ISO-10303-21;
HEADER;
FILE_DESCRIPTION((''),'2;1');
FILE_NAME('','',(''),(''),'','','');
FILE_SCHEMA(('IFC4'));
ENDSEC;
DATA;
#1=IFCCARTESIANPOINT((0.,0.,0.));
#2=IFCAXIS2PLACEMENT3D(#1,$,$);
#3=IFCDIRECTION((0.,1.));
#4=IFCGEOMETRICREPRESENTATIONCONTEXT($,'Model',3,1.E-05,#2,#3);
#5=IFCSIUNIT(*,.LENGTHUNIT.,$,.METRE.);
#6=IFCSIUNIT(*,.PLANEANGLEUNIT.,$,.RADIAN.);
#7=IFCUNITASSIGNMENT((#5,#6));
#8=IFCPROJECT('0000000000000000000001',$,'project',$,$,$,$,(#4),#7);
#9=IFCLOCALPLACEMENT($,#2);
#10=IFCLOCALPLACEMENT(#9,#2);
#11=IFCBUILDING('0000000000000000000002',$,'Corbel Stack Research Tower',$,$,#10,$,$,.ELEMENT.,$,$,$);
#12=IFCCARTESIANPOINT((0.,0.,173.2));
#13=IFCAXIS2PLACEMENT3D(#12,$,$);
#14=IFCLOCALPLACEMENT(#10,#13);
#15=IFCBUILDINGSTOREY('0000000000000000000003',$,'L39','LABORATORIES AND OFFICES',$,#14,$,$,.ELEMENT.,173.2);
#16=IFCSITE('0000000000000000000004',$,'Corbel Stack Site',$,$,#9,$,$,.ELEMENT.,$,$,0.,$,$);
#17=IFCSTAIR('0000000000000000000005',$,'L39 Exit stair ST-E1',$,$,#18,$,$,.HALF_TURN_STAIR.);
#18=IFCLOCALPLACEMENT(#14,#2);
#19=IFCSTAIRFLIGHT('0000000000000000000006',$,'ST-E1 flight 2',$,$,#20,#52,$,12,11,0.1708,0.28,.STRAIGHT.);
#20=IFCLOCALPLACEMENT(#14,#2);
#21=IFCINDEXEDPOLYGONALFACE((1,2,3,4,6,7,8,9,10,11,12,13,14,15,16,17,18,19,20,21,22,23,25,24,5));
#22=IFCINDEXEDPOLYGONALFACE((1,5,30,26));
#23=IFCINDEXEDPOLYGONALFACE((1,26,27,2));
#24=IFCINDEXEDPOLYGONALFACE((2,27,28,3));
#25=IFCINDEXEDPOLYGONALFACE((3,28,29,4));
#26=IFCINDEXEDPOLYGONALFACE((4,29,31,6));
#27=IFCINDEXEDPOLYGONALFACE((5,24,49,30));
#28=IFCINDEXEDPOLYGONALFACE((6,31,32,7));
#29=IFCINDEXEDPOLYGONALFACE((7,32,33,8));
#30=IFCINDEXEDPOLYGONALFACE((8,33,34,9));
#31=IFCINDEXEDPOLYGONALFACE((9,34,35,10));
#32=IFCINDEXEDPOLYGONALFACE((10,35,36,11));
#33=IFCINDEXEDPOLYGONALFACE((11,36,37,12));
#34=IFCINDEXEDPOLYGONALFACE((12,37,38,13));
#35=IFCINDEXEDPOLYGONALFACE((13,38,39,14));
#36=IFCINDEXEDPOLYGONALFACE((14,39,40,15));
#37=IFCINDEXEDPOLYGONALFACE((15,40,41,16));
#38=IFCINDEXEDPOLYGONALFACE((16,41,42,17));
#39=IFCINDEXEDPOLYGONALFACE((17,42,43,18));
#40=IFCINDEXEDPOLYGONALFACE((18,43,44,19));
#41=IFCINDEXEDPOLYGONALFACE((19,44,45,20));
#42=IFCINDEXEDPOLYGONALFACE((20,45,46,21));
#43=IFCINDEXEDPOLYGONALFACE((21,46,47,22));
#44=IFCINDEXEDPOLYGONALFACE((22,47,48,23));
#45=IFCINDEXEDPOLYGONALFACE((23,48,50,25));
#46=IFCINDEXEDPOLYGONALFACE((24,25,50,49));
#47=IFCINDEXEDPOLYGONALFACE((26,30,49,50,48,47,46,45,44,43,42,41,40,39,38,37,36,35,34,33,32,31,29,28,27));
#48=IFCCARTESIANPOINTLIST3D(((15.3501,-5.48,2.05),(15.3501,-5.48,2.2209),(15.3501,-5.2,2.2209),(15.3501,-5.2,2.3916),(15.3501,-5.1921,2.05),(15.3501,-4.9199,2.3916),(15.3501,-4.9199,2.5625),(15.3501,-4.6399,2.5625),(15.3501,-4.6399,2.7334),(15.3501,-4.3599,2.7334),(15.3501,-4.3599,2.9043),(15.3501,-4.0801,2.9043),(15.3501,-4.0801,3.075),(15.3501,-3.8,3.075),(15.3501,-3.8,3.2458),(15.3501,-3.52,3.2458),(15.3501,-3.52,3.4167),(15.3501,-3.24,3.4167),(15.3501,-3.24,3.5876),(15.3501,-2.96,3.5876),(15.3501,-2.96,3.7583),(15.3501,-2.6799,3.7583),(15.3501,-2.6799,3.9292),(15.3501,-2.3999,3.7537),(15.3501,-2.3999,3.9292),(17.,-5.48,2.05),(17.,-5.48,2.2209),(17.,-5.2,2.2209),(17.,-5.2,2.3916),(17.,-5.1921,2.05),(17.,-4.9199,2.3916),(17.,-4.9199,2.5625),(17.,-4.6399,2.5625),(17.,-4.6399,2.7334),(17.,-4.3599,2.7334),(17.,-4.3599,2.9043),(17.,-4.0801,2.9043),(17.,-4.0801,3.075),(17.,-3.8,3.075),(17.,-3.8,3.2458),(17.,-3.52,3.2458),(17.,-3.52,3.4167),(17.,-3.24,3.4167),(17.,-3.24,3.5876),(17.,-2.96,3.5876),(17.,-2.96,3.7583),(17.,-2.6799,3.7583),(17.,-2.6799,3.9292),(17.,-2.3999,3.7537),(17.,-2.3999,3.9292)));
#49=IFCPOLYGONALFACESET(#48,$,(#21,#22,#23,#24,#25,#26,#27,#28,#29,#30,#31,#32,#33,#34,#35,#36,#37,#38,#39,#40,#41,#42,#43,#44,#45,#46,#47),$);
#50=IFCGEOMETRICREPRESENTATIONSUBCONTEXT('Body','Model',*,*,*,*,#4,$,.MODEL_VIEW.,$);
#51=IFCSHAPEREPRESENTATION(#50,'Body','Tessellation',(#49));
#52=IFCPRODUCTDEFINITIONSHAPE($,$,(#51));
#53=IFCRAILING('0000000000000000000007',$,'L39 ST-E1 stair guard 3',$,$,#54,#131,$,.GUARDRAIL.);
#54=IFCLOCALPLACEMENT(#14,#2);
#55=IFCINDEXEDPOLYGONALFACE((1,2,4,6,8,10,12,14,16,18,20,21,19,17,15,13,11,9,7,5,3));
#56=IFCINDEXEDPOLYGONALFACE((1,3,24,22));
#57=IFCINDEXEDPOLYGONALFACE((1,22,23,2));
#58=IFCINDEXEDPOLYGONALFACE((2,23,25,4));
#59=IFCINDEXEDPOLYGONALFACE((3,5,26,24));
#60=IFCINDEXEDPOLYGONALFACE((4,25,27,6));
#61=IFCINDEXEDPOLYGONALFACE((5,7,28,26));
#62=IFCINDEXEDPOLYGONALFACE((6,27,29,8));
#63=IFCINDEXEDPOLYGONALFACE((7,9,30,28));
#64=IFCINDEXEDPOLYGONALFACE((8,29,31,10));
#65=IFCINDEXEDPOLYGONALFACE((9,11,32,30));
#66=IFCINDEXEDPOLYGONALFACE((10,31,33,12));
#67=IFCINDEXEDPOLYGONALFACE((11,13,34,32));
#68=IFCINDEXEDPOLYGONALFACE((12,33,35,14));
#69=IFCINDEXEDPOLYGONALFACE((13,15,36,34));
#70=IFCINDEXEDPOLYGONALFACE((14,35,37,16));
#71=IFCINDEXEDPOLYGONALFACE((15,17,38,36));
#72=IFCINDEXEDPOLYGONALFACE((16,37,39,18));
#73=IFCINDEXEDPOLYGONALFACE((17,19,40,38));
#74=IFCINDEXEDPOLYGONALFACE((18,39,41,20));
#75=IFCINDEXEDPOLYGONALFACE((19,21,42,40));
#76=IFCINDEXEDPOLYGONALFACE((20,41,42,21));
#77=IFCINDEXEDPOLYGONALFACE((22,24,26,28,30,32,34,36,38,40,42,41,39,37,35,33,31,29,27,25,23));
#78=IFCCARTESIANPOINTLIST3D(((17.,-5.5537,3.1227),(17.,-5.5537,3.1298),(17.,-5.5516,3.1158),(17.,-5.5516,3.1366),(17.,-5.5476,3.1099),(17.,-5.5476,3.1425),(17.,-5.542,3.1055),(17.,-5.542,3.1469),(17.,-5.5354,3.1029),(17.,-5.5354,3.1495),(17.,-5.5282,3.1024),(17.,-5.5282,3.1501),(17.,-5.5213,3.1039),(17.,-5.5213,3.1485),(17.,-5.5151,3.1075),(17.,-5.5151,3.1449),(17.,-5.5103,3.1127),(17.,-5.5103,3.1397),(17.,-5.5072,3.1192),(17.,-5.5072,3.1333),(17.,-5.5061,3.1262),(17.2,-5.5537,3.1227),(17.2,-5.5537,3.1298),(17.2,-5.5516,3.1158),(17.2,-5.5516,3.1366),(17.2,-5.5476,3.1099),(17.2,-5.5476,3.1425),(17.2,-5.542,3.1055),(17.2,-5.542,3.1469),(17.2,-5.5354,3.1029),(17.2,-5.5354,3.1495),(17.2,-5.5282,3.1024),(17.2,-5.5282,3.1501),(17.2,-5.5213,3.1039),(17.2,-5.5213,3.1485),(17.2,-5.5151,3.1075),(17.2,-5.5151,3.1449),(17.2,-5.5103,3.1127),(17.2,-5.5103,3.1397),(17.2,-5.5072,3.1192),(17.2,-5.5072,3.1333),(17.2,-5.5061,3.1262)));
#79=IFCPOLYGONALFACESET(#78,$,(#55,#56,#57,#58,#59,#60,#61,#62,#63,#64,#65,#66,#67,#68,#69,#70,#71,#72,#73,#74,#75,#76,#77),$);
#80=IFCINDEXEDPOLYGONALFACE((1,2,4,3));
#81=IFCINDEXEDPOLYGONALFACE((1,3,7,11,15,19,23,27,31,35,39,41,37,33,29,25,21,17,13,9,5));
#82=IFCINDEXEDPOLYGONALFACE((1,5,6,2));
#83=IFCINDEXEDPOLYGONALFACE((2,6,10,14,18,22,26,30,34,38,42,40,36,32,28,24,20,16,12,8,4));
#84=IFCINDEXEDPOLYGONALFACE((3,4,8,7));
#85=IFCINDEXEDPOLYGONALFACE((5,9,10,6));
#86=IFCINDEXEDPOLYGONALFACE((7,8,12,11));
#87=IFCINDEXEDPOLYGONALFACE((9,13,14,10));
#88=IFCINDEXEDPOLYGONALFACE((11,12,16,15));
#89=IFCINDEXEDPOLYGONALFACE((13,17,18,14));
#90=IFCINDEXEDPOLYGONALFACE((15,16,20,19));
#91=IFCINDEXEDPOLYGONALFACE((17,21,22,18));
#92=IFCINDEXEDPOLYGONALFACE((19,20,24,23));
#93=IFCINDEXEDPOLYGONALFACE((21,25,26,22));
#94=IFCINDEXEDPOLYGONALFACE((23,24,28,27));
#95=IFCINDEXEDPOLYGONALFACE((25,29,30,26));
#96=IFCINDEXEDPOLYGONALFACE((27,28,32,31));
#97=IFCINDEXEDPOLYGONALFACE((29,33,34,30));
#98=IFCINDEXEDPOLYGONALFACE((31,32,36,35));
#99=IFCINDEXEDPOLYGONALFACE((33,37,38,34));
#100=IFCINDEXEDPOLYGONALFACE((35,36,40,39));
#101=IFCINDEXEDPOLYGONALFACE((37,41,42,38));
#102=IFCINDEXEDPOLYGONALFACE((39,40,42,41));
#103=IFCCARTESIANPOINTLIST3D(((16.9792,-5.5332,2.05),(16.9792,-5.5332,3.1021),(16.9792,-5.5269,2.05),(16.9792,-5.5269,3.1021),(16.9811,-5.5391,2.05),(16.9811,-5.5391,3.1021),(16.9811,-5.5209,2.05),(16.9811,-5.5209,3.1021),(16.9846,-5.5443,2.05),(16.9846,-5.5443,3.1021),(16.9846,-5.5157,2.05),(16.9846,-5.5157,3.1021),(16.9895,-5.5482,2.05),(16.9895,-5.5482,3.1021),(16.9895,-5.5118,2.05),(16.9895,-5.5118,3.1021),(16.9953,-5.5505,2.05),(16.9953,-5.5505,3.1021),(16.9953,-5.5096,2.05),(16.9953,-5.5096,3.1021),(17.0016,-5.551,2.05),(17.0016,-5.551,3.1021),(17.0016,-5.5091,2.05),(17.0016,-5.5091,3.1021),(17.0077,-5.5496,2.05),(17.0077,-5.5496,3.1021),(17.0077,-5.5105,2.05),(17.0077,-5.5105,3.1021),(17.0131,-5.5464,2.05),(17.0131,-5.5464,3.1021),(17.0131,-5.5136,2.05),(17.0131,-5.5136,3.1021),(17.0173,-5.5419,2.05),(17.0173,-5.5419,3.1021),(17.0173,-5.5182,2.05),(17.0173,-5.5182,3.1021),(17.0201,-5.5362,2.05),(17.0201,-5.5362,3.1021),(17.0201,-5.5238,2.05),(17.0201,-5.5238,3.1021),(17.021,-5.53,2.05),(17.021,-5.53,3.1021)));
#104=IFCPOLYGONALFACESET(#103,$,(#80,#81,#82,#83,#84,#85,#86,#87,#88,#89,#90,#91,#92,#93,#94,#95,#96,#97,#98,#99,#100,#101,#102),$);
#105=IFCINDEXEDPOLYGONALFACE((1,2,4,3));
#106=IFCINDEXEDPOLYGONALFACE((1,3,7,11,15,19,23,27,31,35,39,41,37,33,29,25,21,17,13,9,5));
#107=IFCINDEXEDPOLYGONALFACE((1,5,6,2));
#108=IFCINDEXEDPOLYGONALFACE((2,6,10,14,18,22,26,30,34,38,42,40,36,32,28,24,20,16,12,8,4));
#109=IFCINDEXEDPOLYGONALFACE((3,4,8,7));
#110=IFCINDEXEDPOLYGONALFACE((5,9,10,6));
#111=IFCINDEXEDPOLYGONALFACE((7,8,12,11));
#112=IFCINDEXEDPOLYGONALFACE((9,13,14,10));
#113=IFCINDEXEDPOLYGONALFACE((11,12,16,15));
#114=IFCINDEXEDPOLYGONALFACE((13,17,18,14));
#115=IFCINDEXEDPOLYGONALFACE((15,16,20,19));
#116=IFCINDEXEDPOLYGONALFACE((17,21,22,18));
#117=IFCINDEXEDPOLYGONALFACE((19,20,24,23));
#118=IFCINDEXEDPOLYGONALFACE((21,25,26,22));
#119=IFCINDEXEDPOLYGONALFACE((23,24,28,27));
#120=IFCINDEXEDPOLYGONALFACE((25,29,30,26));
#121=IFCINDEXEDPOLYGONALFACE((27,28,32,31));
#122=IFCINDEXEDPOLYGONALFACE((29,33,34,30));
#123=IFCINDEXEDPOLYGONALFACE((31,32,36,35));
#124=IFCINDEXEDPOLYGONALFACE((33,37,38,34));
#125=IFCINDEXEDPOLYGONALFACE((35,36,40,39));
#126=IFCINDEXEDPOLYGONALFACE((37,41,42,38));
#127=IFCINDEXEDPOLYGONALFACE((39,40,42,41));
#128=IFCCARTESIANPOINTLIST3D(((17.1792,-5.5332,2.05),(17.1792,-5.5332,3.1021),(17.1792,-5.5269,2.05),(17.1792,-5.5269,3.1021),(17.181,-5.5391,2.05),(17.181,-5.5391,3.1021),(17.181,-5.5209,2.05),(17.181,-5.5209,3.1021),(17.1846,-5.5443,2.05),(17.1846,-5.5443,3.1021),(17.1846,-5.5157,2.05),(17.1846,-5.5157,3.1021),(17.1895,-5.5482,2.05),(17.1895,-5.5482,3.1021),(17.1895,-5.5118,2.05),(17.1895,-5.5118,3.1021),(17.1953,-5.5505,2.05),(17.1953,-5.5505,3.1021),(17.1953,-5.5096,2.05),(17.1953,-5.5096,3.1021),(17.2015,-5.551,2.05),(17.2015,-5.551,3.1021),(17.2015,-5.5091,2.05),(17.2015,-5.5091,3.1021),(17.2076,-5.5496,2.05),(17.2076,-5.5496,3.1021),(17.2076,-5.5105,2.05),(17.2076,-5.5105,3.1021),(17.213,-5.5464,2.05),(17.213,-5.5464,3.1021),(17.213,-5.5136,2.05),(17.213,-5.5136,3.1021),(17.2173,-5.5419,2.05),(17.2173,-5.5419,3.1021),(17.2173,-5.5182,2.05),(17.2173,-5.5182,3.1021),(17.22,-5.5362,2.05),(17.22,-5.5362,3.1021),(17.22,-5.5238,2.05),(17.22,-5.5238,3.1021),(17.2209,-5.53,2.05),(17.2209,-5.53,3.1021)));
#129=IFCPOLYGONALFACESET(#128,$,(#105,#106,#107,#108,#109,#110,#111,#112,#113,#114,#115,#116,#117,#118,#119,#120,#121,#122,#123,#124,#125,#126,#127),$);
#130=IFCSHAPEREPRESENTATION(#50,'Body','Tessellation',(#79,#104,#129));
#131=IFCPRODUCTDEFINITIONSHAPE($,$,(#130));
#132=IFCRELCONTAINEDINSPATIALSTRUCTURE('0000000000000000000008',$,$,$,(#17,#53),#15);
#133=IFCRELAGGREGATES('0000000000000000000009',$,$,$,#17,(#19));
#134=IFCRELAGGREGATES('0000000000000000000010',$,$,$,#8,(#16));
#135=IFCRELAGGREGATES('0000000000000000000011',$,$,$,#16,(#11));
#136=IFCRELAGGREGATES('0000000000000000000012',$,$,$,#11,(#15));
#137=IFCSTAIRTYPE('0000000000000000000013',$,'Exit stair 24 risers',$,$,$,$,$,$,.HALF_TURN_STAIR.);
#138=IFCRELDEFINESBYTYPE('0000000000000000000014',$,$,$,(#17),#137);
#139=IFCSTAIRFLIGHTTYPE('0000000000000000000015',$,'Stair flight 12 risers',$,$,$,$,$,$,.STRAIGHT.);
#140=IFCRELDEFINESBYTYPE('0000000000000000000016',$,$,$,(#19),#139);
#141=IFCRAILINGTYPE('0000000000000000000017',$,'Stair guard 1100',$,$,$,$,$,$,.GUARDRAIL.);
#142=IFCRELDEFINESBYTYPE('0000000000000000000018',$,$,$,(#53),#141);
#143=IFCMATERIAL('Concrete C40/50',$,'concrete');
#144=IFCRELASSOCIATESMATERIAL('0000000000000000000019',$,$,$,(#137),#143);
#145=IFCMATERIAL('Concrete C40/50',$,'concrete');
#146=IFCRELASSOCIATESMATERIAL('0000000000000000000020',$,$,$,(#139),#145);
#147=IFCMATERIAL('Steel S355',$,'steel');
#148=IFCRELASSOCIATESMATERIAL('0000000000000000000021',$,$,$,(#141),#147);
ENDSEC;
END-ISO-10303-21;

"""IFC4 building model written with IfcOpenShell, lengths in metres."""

from ifc_helpers import new_model, si_unit, direction, frame, origin, origin_2d, place, context, subcontext, project, spatial, polyline, circle, outline, extrude, material, type_object, element, aggregate, save


model = new_model("IFC4")

# Units and contexts
model_context = context("Model", 3, precision=1e-05, world=origin(), true_north=direction((0.0, 1.0)))
body_context = subcontext(model_context, "Body", "Model", "MODEL_VIEW")
ifc_project = project(units=[si_unit("LENGTHUNIT", "METRE"), si_unit("PLANEANGLEUNIT", "RADIAN")], contexts=[model_context])

# Site, building, storey
site_placement = place(None, origin())
site = spatial("IfcSite", under=ifc_project, at=site_placement, Name="Corbel Stack Site", CompositionType="ELEMENT", RefElevation=0.0)
building_placement = place(site_placement, origin())
building = spatial("IfcBuilding", under=site, at=building_placement, Name="Corbel Stack Research Tower", CompositionType="ELEMENT")
storey_placement = place(building_placement, frame((0.0, 0.0, 173.2)))
storey = spatial("IfcBuildingStorey", under=building, at=storey_placement, Name="L39", Description="LABORATORIES AND OFFICES", CompositionType="ELEMENT", Elevation=173.2)

# Stair, stair flight
ifc_material_1 = material(Name="Concrete C40/50", Category="concrete")
stair_type = type_object("IfcStairType", Name="Exit stair 24 risers", PredefinedType="HALF_TURN_STAIR", material=ifc_material_1)
stair_placement = place(storey_placement, origin())
stair = element("IfcStair", 1, at=stair_placement, inside=storey, type_object=stair_type, Name="L39 Exit stair ST-E1", PredefinedType="HALF_TURN_STAIR")
ifc_material_2 = material(Name="Concrete C40/50", Category="concrete")
stair_flight_type = type_object("IfcStairFlightType", Name="Stair flight 12 risers", PredefinedType="STRAIGHT", material=ifc_material_2)
stair_flight_placement = place(storey_placement, frame((16.175, -5.48, 2.05), z_axis=(0.0, 0.0, 1.0), x_axis=(0.0, 1.0, 0.0)))
stair_flight = element("IfcStairFlight", 2, at=stair_flight_placement, type_object=stair_flight_type, Name="ST-E1 flight 2", NumberOfRisers=12, NumberOfTreads=11, PredefinedType="STRAIGHT", RiserHeight=0.1708, TreadLength=0.28, context=body_context, shape_type="SweptSolid", body=[
    extrude(outline(polyline([(0.0, 0.0), (0.0, 0.1709), (0.28, 0.1709), (0.28, 0.3416), (0.5601, 0.3416), (0.5601, 0.5125), (0.8401, 0.5125), (0.8401, 0.6833), (1.1201, 0.6833), (1.1201, 0.8542), (1.3999, 0.8542), (1.3999, 1.0249), (1.6799, 1.0249), (1.6799, 1.1958), (1.96, 1.1958), (1.96, 1.3667), (2.24, 1.3667), (2.24, 1.5376), (2.52, 1.5376), (2.52, 1.7083), (2.8, 1.7083), (2.8, 1.8792), (3.0801, 1.8792), (3.0801, 2.05), (3.0801, 1.7036), (0.2878, 0.0), (0.0, 0.0)])), frame((0.0, 0.825, 0.0), z_axis=(0.0, -1.0, 0.0), x_axis=(1.0, 0.0, 0.0)), (0.0, 0.0, 1.0), 1.6499),
])
aggregate(stair, [stair_flight])

# Railing
ifc_material_3 = material(Name="Steel S355", Category="steel")
railing_type_1 = type_object("IfcRailingType", Name="Stair guard 1100", PredefinedType="GUARDRAIL", material=ifc_material_3)
railing_1_placement = place(storey_placement, frame((17.0, -5.53, 2.05)))
element("IfcRailing", 3, at=railing_1_placement, inside=storey, type_object=railing_type_1, Name="L39 ST-E1 stair guard 3", PredefinedType="GUARDRAIL", context=body_context, shape_type="SweptSolid", body=[
    extrude(circle(Radius=0.0239, at=origin_2d()), frame((0.0, 0.0, 1.0762), z_axis=(1.0, 0.0, 0.0), x_axis=(0.0, 1.0, 0.0)), (0.0, 0.0, 1.0), 0.2),
    extrude(circle(Radius=0.021, at=origin_2d()), origin(), (0.0, 0.0, 1.0), 1.052),
    extrude(circle(Radius=0.021, at=origin_2d()), frame((0.2, 0.0, 0.0)), (0.0, 0.0, 1.0), 1.052),
])

save(model, "model.ifc")
